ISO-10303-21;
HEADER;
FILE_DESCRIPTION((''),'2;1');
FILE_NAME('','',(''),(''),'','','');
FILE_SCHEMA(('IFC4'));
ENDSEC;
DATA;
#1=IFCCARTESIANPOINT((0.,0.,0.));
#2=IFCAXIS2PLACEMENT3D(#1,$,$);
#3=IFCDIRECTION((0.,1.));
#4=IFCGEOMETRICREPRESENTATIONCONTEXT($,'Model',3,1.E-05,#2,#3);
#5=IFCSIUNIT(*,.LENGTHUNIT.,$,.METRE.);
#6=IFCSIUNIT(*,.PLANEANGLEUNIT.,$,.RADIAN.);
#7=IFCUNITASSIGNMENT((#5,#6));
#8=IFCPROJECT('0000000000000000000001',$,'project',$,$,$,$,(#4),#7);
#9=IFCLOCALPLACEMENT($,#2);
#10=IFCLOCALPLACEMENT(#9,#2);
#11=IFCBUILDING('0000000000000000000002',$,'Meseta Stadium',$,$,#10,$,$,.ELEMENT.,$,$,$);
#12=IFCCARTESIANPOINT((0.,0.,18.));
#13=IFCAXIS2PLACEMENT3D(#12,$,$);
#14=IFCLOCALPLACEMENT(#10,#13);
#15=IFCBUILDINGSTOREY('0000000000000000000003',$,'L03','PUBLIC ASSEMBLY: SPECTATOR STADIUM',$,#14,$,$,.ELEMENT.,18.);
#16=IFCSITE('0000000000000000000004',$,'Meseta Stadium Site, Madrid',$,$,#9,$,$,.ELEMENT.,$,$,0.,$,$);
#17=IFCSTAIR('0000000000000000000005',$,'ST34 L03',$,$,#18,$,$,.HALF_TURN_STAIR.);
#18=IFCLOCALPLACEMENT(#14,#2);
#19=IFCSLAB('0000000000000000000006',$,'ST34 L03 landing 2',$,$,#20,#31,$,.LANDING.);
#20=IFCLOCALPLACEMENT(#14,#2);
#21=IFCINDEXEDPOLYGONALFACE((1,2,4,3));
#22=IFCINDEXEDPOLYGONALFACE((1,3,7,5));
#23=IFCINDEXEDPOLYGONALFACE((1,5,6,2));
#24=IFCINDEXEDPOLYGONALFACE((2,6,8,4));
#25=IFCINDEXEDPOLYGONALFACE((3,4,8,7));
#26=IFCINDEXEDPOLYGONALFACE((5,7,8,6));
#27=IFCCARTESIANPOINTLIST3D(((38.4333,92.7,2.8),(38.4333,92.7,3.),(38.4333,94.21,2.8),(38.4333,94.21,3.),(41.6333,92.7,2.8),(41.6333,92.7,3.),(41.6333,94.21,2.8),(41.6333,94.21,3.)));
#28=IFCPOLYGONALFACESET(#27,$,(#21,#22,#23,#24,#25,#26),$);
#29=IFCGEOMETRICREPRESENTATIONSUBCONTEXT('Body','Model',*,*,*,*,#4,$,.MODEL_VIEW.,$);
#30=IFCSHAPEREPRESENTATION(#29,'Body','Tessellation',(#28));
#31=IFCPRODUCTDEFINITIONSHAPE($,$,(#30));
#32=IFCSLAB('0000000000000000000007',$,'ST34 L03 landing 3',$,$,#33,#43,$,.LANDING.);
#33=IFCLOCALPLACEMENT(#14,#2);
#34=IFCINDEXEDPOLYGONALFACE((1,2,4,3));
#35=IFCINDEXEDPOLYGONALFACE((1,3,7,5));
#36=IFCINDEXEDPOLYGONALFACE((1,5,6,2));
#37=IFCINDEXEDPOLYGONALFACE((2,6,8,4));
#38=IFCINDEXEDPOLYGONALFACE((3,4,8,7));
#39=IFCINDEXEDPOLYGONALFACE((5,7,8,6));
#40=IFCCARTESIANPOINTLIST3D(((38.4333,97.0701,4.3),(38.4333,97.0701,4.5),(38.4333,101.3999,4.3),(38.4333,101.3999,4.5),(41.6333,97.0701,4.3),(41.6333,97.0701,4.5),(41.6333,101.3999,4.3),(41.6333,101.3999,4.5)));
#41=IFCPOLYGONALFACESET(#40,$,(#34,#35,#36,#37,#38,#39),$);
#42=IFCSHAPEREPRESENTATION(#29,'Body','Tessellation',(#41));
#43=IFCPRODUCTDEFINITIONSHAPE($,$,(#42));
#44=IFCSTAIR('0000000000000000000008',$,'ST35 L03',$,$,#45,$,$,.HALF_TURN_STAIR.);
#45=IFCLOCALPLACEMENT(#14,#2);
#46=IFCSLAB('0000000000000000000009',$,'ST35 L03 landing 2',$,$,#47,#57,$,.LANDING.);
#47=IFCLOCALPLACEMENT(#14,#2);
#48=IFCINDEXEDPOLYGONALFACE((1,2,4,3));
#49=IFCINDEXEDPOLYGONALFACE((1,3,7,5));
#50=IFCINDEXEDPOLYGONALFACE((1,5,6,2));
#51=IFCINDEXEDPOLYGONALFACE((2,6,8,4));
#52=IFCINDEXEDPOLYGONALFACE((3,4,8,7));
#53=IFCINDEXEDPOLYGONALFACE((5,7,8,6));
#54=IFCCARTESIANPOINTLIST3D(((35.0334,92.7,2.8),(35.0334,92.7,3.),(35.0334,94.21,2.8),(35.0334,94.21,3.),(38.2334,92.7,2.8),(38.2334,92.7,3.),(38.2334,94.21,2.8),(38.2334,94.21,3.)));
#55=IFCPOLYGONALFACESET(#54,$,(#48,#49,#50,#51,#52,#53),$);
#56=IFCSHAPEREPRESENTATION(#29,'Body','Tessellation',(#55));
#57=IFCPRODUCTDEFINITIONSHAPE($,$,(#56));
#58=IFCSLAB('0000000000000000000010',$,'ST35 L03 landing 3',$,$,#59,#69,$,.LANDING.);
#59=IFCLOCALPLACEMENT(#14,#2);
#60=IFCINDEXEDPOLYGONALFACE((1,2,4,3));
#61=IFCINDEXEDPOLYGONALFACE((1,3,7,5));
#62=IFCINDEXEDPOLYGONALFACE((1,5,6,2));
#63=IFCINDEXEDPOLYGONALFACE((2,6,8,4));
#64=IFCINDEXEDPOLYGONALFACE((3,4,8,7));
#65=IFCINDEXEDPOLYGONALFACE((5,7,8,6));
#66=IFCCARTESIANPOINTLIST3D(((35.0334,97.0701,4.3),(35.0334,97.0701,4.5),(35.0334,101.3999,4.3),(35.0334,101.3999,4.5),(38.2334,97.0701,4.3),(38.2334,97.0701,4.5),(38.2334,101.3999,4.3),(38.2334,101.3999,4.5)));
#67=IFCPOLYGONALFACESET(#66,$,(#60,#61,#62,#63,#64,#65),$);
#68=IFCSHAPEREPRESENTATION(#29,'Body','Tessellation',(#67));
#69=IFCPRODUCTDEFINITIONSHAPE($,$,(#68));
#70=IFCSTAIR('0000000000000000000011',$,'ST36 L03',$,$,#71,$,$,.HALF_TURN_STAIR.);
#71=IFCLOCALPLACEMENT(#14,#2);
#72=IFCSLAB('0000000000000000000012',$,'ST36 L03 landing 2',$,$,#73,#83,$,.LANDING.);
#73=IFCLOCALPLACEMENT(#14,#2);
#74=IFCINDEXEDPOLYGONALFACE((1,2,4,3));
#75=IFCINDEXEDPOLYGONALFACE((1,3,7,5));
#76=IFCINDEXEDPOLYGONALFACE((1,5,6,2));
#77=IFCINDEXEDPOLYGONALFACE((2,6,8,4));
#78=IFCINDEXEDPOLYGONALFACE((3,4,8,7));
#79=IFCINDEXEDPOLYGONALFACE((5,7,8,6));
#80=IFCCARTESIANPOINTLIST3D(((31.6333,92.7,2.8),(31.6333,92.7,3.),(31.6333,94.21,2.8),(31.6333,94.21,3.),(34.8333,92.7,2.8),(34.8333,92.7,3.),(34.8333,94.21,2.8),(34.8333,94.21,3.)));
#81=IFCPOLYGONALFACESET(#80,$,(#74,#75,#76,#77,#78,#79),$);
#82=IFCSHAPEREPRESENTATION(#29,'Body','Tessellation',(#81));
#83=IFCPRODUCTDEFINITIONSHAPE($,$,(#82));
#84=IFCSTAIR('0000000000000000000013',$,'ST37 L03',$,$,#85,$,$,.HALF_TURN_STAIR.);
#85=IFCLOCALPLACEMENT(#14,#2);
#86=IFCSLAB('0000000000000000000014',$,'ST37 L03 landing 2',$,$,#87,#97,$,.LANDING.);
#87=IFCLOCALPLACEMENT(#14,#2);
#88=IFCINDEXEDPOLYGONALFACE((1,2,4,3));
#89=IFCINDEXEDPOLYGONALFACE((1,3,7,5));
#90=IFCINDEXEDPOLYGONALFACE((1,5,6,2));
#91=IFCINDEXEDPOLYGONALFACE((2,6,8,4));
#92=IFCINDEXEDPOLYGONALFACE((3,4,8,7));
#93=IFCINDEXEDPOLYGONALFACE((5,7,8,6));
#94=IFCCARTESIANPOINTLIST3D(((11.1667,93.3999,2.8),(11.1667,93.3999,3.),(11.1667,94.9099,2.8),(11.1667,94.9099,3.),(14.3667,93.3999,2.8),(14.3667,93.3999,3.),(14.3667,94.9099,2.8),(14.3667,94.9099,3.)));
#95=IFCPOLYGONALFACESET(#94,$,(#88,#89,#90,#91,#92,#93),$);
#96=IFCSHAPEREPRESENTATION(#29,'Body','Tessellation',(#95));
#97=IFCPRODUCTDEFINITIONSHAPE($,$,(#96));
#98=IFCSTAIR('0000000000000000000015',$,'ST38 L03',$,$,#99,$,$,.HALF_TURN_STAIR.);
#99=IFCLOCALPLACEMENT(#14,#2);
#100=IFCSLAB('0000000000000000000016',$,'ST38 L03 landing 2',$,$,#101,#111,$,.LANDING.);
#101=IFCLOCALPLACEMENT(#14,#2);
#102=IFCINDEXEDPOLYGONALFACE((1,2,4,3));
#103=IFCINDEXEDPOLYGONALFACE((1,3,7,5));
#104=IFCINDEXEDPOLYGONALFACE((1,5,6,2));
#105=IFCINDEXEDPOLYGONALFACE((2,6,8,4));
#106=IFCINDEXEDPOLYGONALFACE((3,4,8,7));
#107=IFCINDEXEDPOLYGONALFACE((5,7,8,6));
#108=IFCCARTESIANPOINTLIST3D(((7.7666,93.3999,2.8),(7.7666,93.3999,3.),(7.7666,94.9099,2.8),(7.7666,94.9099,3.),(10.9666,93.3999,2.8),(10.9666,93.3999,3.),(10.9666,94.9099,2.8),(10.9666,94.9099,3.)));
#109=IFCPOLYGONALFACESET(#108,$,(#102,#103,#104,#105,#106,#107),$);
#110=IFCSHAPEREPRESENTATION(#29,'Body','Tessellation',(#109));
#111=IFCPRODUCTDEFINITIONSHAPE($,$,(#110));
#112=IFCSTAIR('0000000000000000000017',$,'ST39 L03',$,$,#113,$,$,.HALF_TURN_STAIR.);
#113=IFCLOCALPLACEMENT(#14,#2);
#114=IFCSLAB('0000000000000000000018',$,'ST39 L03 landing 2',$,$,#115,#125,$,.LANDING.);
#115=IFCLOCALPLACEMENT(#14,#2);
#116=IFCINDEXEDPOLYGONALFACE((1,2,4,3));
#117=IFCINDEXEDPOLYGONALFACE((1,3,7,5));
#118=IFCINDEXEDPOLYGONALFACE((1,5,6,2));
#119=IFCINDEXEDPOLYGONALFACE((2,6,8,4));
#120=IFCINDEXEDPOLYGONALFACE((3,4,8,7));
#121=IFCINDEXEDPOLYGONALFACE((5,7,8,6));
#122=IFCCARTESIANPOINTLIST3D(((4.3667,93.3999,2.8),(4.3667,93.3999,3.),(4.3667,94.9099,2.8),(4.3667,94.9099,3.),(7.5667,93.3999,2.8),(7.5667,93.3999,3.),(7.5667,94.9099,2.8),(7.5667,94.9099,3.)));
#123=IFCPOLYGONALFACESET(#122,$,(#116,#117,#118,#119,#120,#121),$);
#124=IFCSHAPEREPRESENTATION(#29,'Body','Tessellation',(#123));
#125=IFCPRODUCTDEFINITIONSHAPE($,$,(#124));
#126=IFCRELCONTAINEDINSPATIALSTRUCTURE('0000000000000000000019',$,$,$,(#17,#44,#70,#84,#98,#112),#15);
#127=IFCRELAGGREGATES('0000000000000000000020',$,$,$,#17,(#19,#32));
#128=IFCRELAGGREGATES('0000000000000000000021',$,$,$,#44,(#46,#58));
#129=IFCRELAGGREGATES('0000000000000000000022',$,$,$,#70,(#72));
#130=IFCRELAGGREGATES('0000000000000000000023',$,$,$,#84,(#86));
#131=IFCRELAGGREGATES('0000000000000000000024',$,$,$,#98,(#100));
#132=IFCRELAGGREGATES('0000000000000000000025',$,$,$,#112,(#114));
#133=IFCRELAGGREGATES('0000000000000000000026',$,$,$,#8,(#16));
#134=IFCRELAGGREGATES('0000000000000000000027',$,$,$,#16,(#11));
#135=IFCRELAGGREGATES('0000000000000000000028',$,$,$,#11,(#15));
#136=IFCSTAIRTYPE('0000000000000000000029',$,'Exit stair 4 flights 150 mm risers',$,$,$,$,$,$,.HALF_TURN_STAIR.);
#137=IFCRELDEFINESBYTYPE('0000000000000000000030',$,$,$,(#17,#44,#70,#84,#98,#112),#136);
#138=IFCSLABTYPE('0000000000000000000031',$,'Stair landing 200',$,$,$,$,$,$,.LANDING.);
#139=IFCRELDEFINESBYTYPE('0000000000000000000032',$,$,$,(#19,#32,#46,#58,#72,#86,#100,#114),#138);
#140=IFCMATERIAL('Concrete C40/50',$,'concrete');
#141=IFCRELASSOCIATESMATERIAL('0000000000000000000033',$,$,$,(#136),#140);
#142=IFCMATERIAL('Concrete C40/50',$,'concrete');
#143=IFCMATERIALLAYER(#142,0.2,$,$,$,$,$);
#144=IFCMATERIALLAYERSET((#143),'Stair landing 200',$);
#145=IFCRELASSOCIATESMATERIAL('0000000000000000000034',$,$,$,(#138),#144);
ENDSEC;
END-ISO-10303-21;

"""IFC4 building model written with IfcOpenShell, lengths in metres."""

from ifc_helpers import new_model, si_unit, direction, frame, origin, place, context, subcontext, project, spatial, polyline, outline, extrude, material, layer, layer_set, type_object, element, aggregate, save


model = new_model("IFC4")

# Units and contexts
model_context = context("Model", 3, precision=1e-05, world=origin(), true_north=direction((0.0, 1.0)))
body_context = subcontext(model_context, "Body", "Model", "MODEL_VIEW")
ifc_project = project(units=[si_unit("LENGTHUNIT", "METRE"), si_unit("PLANEANGLEUNIT", "RADIAN")], contexts=[model_context])

# Site, building, storey
site_placement = place(None, origin())
site = spatial("IfcSite", under=ifc_project, at=site_placement, Name="Meseta Stadium Site, Madrid", CompositionType="ELEMENT", RefElevation=0.0)
building_placement = place(site_placement, origin())
building = spatial("IfcBuilding", under=site, at=building_placement, Name="Meseta Stadium", CompositionType="ELEMENT")
storey_placement = place(building_placement, frame((0.0, 0.0, 18.0)))
storey = spatial("IfcBuildingStorey", under=building, at=storey_placement, Name="L03", Description="PUBLIC ASSEMBLY: SPECTATOR STADIUM", CompositionType="ELEMENT", Elevation=18.0)

# Shared definitions
ifc_material_1 = material(Name="Concrete C40/50", Category="concrete")
stair_type = type_object("IfcStairType", Name="Exit stair 4 flights 150 mm risers", PredefinedType="HALF_TURN_STAIR", material=ifc_material_1)
ifc_material_2 = material(Name="Concrete C40/50", Category="concrete")
ifc_layer = layer(ifc_material_2, 0.2)
ifc_layer_set = layer_set([ifc_layer], Name="Stair landing 200")
slab_type = type_object("IfcSlabType", Name="Stair landing 200", PredefinedType="LANDING", material=ifc_layer_set)

# Stairs, slabs
stair_1_placement = place(storey_placement, origin())
stair_1 = element("IfcStair", 1, at=stair_1_placement, inside=storey, type_object=stair_type, Name="ST34 L03", PredefinedType="HALF_TURN_STAIR")
slab_1_placement = place(storey_placement, frame((0.0, 0.0, 2.8)))
slab_1 = element("IfcSlab", 2, at=slab_1_placement, type_object=slab_type, Name="ST34 L03 landing 2", PredefinedType="LANDING", context=body_context, shape_type="SweptSolid", body=[
    extrude(outline(polyline([(41.6333, 92.7), (41.6333, 94.21), (38.4333, 94.21), (38.4333, 92.7), (41.6333, 92.7)])), origin(), (0.0, 0.0, 1.0), 0.2),
])
slab_2_placement = place(storey_placement, frame((0.0, 0.0, 4.3)))
slab_2 = element("IfcSlab", 3, at=slab_2_placement, type_object=slab_type, Name="ST34 L03 landing 3", PredefinedType="LANDING", context=body_context, shape_type="SweptSolid", body=[
    extrude(outline(polyline([(41.6333, 97.0701), (41.6333, 101.3999), (38.4333, 101.3999), (38.4333, 97.0701), (41.6333, 97.0701)])), origin(), (0.0, 0.0, 1.0), 0.2),
])
aggregate(stair_1, [slab_1, slab_2])
stair_2_placement = place(storey_placement, origin())
stair_2 = element("IfcStair", 4, at=stair_2_placement, inside=storey, type_object=stair_type, Name="ST35 L03", PredefinedType="HALF_TURN_STAIR")
slab_3_placement = place(storey_placement, frame((0.0, 0.0, 2.8)))
slab_3 = element("IfcSlab", 5, at=slab_3_placement, type_object=slab_type, Name="ST35 L03 landing 2", PredefinedType="LANDING", context=body_context, shape_type="SweptSolid", body=[
    extrude(outline(polyline([(38.2334, 92.7), (38.2334, 94.21), (35.0334, 94.21), (35.0334, 92.7), (38.2334, 92.7)])), origin(), (0.0, 0.0, 1.0), 0.2),
])
slab_4_placement = place(storey_placement, frame((0.0, 0.0, 4.3)))
slab_4 = element("IfcSlab", 6, at=slab_4_placement, type_object=slab_type, Name="ST35 L03 landing 3", PredefinedType="LANDING", context=body_context, shape_type="SweptSolid", body=[
    extrude(outline(polyline([(38.2334, 97.0701), (38.2334, 101.3999), (35.0334, 101.3999), (35.0334, 97.0701), (38.2334, 97.0701)])), origin(), (0.0, 0.0, 1.0), 0.2),
])
aggregate(stair_2, [slab_3, slab_4])

# Stairs, slabs
stair_3_placement = place(storey_placement, origin())
stair_3 = element("IfcStair", 7, at=stair_3_placement, inside=storey, type_object=stair_type, Name="ST36 L03", PredefinedType="HALF_TURN_STAIR")
slab_5_placement = place(storey_placement, frame((0.0, 0.0, 2.8)))
slab_5 = element("IfcSlab", 8, at=slab_5_placement, type_object=slab_type, Name="ST36 L03 landing 2", PredefinedType="LANDING", context=body_context, shape_type="SweptSolid", body=[
    extrude(outline(polyline([(34.8333, 92.7), (34.8333, 94.21), (31.6333, 94.21), (31.6333, 92.7), (34.8333, 92.7)])), origin(), (0.0, 0.0, 1.0), 0.2),
])
aggregate(stair_3, [slab_5])
stair_4_placement = place(storey_placement, origin())
stair_4 = element("IfcStair", 9, at=stair_4_placement, inside=storey, type_object=stair_type, Name="ST37 L03", PredefinedType="HALF_TURN_STAIR")
slab_6_placement = place(storey_placement, frame((0.0, 0.0, 2.8)))
slab_6 = element("IfcSlab", 10, at=slab_6_placement, type_object=slab_type, Name="ST37 L03 landing 2", PredefinedType="LANDING", context=body_context, shape_type="SweptSolid", body=[
    extrude(outline(polyline([(14.3667, 93.3999), (14.3667, 94.9099), (11.1667, 94.9099), (11.1667, 93.3999), (14.3667, 93.3999)])), origin(), (0.0, 0.0, 1.0), 0.2),
])
aggregate(stair_4, [slab_6])
stair_5_placement = place(storey_placement, origin())
stair_5 = element("IfcStair", 11, at=stair_5_placement, inside=storey, type_object=stair_type, Name="ST38 L03", PredefinedType="HALF_TURN_STAIR")
slab_7_placement = place(storey_placement, frame((0.0, 0.0, 2.8)))
slab_7 = element("IfcSlab", 12, at=slab_7_placement, type_object=slab_type, Name="ST38 L03 landing 2", PredefinedType="LANDING", context=body_context, shape_type="SweptSolid", body=[
    extrude(outline(polyline([(10.9666, 93.3999), (10.9666, 94.9099), (7.7666, 94.9099), (7.7666, 93.3999), (10.9666, 93.3999)])), origin(), (0.0, 0.0, 1.0), 0.2),
])
aggregate(stair_5, [slab_7])
stair_6_placement = place(storey_placement, origin())
stair_6 = element("IfcStair", 13, at=stair_6_placement, inside=storey, type_object=stair_type, Name="ST39 L03", PredefinedType="HALF_TURN_STAIR")
slab_8_placement = place(storey_placement, frame((0.0, 0.0, 2.8)))
slab_8 = element("IfcSlab", 14, at=slab_8_placement, type_object=slab_type, Name="ST39 L03 landing 2", PredefinedType="LANDING", context=body_context, shape_type="SweptSolid", body=[
    extrude(outline(polyline([(7.5667, 93.3999), (7.5667, 94.9099), (4.3667, 94.9099), (4.3667, 93.3999), (7.5667, 93.3999)])), origin(), (0.0, 0.0, 1.0), 0.2),
])
aggregate(stair_6, [slab_8])

save(model, "model.ifc")
